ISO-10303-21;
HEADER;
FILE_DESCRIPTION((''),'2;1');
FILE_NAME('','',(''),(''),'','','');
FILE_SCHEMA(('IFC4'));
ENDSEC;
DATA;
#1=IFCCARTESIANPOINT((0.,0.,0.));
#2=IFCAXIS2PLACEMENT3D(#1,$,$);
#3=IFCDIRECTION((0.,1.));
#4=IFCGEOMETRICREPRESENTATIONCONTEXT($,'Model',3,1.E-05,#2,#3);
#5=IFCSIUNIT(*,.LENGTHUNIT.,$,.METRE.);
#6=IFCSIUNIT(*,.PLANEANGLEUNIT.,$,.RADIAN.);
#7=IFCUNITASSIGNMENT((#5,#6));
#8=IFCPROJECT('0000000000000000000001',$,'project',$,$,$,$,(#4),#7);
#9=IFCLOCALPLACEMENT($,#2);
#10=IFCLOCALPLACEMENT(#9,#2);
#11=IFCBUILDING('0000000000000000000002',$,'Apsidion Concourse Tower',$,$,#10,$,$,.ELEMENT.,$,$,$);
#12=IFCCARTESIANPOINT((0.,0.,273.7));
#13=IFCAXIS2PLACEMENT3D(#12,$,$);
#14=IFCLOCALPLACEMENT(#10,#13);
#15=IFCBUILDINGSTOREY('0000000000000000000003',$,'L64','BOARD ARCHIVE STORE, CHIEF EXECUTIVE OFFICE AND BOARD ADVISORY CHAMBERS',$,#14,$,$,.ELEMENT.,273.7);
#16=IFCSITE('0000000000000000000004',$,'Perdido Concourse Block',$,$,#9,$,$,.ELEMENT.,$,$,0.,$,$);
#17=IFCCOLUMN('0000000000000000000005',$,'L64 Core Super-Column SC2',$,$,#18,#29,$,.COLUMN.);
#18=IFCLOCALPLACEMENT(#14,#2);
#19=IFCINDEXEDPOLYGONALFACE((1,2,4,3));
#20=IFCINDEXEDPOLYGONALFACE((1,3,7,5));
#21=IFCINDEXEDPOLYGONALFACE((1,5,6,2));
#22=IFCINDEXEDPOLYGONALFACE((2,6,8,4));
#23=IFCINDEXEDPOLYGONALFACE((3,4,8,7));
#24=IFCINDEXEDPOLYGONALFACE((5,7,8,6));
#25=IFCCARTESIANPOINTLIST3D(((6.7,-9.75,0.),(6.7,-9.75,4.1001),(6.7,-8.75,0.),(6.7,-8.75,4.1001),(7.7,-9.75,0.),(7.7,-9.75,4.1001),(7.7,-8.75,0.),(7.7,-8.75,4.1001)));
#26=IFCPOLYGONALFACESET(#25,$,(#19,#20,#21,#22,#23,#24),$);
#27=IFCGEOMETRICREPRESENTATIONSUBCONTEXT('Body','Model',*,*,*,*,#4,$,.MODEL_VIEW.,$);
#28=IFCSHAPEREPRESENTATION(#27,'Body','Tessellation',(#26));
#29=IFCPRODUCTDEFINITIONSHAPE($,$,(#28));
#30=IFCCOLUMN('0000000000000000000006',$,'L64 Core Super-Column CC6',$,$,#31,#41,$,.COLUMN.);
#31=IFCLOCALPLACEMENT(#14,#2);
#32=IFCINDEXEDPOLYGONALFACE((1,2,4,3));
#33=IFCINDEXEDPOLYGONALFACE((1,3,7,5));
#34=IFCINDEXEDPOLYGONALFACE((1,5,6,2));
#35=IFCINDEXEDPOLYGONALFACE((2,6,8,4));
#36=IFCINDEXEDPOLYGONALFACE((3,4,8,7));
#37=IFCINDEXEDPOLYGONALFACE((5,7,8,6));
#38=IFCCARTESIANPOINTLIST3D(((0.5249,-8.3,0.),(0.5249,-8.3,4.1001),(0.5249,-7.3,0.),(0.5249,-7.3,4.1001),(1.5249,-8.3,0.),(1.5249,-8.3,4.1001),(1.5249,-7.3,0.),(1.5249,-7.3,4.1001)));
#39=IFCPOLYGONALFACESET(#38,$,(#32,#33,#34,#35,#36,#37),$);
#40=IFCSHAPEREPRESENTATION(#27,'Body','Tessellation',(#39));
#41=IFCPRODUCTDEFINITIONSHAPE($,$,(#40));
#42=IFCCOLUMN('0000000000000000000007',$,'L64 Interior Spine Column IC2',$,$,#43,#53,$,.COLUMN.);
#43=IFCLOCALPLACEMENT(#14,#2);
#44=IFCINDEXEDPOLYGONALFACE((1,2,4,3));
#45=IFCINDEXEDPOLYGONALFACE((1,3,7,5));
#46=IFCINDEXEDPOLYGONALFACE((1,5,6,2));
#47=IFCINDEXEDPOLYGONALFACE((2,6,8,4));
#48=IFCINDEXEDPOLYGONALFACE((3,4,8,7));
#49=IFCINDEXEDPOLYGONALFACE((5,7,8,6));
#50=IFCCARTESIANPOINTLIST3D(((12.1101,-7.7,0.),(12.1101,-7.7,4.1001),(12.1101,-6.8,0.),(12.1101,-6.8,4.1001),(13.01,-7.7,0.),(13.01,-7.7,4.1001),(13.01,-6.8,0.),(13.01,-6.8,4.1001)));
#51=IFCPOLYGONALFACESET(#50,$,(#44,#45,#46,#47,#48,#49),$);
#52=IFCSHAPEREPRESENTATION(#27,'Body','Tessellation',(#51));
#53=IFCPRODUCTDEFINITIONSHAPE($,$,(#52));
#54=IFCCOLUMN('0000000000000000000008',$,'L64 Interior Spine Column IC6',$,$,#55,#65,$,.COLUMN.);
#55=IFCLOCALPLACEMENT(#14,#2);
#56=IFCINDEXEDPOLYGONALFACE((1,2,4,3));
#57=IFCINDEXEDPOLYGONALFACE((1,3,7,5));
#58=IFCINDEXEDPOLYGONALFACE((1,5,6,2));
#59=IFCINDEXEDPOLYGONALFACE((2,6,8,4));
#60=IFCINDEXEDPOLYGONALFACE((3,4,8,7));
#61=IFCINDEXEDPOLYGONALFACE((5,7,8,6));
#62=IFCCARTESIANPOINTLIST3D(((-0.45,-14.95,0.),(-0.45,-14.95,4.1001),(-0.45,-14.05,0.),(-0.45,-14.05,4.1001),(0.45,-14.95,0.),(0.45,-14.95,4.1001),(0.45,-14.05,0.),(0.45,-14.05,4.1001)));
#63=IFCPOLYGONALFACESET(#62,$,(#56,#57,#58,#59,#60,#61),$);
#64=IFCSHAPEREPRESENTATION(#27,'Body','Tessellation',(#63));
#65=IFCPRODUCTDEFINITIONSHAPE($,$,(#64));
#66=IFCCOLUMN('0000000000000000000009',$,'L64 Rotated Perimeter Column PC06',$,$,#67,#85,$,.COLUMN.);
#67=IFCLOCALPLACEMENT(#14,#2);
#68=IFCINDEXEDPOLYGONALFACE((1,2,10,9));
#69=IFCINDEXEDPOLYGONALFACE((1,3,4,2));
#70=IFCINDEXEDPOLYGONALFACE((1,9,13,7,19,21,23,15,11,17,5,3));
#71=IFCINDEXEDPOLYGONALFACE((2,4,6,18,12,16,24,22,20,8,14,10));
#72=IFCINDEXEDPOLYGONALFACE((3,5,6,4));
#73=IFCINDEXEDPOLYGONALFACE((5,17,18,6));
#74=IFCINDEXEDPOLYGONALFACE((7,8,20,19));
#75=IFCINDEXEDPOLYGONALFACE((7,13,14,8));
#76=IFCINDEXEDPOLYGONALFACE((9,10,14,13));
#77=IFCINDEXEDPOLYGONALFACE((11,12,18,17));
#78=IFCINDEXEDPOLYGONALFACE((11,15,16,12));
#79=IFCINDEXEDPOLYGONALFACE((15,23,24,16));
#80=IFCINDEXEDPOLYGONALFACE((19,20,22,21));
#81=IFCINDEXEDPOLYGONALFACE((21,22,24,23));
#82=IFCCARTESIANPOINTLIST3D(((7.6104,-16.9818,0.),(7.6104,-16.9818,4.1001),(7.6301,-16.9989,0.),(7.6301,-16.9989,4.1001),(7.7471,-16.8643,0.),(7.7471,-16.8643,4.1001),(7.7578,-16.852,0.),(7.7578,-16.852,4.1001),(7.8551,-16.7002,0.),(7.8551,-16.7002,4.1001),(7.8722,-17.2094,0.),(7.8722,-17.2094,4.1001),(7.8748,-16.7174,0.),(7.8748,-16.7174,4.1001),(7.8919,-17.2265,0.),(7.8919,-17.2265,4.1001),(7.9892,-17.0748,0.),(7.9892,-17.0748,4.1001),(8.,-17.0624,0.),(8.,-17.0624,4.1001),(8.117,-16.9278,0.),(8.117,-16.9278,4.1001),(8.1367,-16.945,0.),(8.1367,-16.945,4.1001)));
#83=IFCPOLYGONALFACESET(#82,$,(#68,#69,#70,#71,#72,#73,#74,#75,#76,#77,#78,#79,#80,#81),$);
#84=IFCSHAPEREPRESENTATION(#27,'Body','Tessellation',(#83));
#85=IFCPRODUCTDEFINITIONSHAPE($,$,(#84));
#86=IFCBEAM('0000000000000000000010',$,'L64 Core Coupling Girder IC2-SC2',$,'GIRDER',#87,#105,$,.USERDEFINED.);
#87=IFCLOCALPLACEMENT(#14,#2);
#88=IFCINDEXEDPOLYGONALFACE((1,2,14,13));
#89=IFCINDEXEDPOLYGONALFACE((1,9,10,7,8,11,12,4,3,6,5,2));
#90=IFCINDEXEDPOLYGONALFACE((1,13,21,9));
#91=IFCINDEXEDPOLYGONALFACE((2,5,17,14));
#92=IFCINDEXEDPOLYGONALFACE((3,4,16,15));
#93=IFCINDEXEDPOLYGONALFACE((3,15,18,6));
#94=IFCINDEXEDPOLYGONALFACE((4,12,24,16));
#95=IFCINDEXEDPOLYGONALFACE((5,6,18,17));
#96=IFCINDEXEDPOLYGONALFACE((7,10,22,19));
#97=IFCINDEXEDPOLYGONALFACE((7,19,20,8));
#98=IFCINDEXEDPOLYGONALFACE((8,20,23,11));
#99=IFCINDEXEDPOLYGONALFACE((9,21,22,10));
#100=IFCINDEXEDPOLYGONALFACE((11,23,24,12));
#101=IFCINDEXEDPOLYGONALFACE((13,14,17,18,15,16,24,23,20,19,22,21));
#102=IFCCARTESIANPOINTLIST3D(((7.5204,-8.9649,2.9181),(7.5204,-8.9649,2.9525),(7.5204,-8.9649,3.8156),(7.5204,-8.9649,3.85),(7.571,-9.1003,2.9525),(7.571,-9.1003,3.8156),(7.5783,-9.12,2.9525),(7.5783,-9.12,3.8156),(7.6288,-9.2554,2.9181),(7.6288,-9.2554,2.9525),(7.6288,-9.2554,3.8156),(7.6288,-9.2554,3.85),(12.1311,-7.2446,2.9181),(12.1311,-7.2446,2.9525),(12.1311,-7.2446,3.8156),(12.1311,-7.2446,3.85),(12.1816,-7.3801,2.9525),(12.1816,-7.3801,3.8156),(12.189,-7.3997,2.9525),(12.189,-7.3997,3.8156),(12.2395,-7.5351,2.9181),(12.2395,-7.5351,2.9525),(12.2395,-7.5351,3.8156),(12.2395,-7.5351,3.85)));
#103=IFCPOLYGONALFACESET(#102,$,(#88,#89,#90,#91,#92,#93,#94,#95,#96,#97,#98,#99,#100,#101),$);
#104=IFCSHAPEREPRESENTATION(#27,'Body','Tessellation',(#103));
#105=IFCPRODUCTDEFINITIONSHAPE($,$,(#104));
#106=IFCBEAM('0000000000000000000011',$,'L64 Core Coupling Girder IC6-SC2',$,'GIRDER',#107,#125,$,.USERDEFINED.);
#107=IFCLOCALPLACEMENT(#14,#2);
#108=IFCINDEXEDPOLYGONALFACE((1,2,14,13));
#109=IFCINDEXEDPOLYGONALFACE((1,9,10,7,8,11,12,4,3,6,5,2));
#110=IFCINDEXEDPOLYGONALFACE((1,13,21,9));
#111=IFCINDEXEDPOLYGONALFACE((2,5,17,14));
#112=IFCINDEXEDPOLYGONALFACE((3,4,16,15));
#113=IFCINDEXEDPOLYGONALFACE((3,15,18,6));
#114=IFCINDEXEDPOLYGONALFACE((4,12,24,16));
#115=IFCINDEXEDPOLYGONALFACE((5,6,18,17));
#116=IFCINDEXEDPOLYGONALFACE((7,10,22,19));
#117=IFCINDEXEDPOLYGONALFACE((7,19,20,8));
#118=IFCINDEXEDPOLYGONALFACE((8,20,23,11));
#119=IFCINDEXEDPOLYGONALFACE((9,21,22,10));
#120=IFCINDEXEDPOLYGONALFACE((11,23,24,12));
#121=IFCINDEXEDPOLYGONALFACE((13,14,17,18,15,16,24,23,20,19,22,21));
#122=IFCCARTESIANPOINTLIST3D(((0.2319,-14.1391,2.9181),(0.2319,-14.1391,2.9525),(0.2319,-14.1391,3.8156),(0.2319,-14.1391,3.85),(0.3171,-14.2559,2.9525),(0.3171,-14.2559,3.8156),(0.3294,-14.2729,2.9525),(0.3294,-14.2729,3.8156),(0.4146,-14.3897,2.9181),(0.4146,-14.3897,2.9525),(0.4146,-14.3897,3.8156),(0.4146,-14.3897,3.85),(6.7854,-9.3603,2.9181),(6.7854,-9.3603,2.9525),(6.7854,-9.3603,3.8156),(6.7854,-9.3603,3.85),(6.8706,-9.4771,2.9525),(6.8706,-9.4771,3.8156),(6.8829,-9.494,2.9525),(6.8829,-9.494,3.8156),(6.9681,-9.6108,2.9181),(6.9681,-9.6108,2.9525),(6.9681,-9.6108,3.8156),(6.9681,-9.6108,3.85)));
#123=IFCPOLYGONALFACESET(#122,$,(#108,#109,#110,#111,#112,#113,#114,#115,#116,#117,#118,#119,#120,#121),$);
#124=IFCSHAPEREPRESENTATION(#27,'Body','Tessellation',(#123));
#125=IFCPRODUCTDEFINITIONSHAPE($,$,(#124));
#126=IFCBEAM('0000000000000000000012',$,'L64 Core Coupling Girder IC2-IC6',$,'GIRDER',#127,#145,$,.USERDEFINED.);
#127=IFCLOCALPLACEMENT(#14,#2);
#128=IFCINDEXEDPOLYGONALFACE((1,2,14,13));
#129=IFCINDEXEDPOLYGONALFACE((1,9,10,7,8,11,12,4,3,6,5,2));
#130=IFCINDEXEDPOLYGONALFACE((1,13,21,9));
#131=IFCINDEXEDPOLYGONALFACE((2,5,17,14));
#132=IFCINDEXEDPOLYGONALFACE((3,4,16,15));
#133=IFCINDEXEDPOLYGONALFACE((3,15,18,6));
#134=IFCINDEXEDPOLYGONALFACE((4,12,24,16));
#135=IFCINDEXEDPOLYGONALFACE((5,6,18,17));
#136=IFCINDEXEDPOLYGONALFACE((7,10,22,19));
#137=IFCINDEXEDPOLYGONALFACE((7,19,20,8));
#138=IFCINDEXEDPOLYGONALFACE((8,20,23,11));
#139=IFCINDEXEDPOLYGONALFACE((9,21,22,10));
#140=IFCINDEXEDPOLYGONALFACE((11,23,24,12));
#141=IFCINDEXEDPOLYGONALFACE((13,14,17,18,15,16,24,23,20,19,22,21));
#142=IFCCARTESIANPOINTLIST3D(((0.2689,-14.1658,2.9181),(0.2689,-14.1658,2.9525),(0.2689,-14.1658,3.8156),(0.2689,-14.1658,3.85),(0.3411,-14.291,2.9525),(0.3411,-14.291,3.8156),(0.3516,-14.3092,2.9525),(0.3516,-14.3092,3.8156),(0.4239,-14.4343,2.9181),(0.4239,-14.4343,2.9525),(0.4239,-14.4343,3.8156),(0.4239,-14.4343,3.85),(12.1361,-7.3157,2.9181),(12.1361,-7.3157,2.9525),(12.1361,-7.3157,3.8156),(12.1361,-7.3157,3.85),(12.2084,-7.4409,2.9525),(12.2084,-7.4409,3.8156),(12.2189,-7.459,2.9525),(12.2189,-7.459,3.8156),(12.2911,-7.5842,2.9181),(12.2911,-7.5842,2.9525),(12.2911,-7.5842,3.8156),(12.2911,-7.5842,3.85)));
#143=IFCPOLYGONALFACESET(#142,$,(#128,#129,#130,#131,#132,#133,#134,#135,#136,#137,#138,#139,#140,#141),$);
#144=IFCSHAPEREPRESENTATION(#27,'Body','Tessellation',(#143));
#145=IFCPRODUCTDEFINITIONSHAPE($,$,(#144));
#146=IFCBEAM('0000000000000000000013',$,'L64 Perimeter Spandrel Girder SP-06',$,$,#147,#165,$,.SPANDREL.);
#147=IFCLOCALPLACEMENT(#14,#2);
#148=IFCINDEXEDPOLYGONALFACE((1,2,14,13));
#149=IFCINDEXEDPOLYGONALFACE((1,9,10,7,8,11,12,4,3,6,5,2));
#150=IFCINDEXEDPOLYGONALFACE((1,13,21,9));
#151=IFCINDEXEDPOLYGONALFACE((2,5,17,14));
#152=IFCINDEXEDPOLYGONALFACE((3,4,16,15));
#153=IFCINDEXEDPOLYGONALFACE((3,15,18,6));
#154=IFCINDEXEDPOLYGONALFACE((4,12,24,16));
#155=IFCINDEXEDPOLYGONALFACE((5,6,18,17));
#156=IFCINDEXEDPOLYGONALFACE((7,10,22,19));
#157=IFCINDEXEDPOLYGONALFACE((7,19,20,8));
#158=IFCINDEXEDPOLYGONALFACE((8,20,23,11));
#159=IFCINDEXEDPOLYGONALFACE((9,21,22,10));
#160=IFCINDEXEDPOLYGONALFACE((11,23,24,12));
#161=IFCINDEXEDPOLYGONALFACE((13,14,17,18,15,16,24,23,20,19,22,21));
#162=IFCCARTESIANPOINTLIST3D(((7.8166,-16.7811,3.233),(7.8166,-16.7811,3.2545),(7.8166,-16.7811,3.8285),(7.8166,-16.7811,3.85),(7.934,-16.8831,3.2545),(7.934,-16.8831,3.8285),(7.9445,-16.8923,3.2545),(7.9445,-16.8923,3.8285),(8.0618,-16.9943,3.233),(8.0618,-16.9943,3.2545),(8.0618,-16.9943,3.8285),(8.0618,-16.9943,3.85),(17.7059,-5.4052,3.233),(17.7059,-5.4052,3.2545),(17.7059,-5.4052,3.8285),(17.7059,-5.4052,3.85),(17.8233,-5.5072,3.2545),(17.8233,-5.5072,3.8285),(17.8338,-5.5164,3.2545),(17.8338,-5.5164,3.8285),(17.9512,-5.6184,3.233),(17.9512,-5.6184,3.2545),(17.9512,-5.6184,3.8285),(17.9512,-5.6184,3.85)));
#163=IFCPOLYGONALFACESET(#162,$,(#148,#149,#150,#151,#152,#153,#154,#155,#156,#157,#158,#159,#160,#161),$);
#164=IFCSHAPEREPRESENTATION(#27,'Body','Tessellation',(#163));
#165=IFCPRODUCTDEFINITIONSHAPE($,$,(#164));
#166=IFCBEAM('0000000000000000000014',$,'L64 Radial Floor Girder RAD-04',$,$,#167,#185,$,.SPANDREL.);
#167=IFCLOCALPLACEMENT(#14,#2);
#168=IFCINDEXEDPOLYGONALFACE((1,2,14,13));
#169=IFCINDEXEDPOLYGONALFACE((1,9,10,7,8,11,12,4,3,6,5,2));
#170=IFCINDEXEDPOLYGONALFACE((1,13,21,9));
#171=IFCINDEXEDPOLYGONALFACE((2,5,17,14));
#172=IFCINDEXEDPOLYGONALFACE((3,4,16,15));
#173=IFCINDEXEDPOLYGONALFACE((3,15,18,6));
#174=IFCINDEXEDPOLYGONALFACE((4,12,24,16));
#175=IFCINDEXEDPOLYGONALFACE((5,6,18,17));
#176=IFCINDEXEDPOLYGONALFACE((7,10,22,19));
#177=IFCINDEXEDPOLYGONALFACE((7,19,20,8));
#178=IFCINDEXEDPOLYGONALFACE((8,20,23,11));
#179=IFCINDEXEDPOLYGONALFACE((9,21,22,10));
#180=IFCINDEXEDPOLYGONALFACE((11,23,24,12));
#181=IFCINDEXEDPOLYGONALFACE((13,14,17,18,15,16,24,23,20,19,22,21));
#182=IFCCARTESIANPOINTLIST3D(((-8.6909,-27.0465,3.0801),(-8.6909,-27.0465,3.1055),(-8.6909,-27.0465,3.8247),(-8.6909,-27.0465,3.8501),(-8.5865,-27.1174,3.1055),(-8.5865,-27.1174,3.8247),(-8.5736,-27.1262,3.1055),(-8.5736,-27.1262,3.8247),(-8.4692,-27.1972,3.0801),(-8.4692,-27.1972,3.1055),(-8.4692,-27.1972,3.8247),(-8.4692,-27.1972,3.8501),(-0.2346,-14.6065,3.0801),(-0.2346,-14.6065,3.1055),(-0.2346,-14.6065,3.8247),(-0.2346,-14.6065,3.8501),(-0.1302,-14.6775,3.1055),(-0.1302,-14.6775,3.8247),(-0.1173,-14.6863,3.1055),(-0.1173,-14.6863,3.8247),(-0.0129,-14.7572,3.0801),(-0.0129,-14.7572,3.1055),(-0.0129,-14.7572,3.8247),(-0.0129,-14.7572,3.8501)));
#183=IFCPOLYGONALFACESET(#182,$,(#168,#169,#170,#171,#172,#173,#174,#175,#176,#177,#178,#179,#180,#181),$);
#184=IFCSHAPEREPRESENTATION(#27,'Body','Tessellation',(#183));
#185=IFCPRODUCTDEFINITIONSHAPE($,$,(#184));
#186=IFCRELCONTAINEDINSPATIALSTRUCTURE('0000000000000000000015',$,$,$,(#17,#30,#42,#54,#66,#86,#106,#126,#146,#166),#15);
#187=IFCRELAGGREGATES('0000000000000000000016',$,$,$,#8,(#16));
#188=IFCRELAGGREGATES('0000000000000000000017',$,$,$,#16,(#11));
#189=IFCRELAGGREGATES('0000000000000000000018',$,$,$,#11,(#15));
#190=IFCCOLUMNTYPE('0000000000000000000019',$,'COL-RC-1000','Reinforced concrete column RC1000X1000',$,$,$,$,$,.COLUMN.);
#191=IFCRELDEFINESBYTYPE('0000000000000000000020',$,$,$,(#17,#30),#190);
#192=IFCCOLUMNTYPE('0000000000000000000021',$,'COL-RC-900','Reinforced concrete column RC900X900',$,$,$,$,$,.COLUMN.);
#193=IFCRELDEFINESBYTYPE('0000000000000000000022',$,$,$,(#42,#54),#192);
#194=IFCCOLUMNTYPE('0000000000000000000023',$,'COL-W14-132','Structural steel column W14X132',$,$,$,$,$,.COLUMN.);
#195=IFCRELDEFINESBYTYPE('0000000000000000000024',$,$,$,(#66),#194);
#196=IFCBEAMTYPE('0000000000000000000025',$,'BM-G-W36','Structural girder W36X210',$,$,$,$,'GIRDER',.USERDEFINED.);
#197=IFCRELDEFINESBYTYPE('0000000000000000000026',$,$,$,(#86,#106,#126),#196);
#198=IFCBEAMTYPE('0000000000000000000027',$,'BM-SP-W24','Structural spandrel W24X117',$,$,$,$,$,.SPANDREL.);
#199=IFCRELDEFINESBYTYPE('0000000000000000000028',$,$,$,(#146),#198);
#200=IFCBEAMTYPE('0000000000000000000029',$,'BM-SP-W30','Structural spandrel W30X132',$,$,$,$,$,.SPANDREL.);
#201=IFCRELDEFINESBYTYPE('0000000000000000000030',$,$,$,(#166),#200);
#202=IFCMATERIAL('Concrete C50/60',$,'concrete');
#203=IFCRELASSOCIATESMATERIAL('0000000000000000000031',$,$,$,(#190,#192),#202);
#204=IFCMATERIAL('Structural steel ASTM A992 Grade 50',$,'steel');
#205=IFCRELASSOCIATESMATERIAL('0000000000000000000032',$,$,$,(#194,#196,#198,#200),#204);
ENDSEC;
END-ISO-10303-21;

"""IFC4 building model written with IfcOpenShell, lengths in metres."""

from ifc_helpers import new_model, si_unit, direction, frame, origin, origin_2d, place, context, subcontext, project, spatial, rectangle, i_section, extrude, material, material_profile, profile_set, type_object, element, save


model = new_model("IFC4")

# Units and contexts
model_context = context("Model", 3, precision=1e-05, world=origin(), true_north=direction((0.0, 1.0)))
body_context = subcontext(model_context, "Body", "Model", "MODEL_VIEW")
ifc_project = project(units=[si_unit("LENGTHUNIT", "METRE"), si_unit("PLANEANGLEUNIT", "RADIAN")], contexts=[model_context])

# Site, building, storey
site_placement = place(None, origin())
site = spatial("IfcSite", under=ifc_project, at=site_placement, Name="Perdido Concourse Block", CompositionType="ELEMENT", RefElevation=0.0)
building_placement = place(site_placement, origin())
building = spatial("IfcBuilding", under=site, at=building_placement, Name="Apsidion Concourse Tower", CompositionType="ELEMENT")
storey_placement = place(building_placement, frame((0.0, 0.0, 273.7)))
storey = spatial("IfcBuildingStorey", under=building, at=storey_placement, Name="L64", Description="BOARD ARCHIVE STORE, CHIEF EXECUTIVE OFFICE AND BOARD ADVISORY CHAMBERS", CompositionType="ELEMENT", Elevation=273.7)

# Columns
ifc_material_1 = material(Name="Concrete C50/60", Category="concrete")
ifc_material_profile_1 = material_profile(ifc_material_1, rectangle(XDim=1.0, YDim=1.0, at=origin_2d()), Name="RC 1000x1000")
ifc_profile_set_1 = profile_set([ifc_material_profile_1], Name="Concrete C50/60")
column_type_1 = type_object("IfcColumnType", Name="COL-RC-1000", Description="Reinforced concrete column RC1000X1000", PredefinedType="COLUMN", material=ifc_profile_set_1)
for number, where, z_axis, x_axis, name in (
    (1, (7.2, -9.25, 0.0), (0.0, 0.0, 1.0), (1.0, 0.0, 0.0), "L64 Core Super-Column SC2"),
    (2, (1.0249, -7.8, 0.0), (0.0, 0.0, 1.0), (1.0, 0.0, 0.0), "L64 Core Super-Column CC6"),
):
    element("IfcColumn", number, at=place(storey_placement, frame(where, z_axis=z_axis, x_axis=x_axis)), inside=storey, type_object=column_type_1, Name=name, PredefinedType="COLUMN", context=body_context, shape_type="SweptSolid", body=[
        extrude(rectangle(XDim=1.0, YDim=1.0, at=origin_2d()), origin(), (0.0, 0.0, 1.0), 4.1001),
    ])
ifc_material_profile_2 = material_profile(ifc_material_1, rectangle(XDim=0.8999, YDim=0.8999, at=origin_2d()), Name="RC 900x900")
ifc_profile_set_2 = profile_set([ifc_material_profile_2], Name="Concrete C50/60")
column_type_2 = type_object("IfcColumnType", Name="COL-RC-900", Description="Reinforced concrete column RC900X900", PredefinedType="COLUMN", material=ifc_profile_set_2)
for number, where, z_axis, x_axis, name in (
    (3, (12.5601, -7.25, 0.0), (0.0, 0.0, 1.0), (1.0, 0.0, 0.0), "L64 Interior Spine Column IC2"),
    (4, (0.0, -14.5, 0.0), (0.0, 0.0, 1.0), (1.0, 0.0, 0.0), "L64 Interior Spine Column IC6"),
):
    element("IfcColumn", number, at=place(storey_placement, frame(where, z_axis=z_axis, x_axis=x_axis)), inside=storey, type_object=column_type_2, Name=name, PredefinedType="COLUMN", context=body_context, shape_type="SweptSolid", body=[
        extrude(rectangle(XDim=0.8999, YDim=0.8999, at=origin_2d()), origin(), (0.0, 0.0, 1.0), 4.1001),
    ])
ifc_material_2 = material(Name="Structural steel ASTM A992 Grade 50", Category="steel")
ifc_material_profile_3 = material_profile(ifc_material_2, i_section(OverallWidth=0.373, OverallDepth=0.373, WebThickness=0.0164, FlangeThickness=0.0261, at=origin_2d()), Name="W14X132")
ifc_profile_set_3 = profile_set([ifc_material_profile_3], Name="Structural steel ASTM A992 Grade 50")
column_type_3 = type_object("IfcColumnType", Name="COL-W14-132", Description="Structural steel column W14X132", PredefinedType="COLUMN", material=ifc_profile_set_3)
column_placement = place(storey_placement, frame((7.8735, -16.9634, 0.0), z_axis=(0.0, 0.0, 1.0), x_axis=(0.656059, 0.75471, 0.0)))
element("IfcColumn", 5, at=column_placement, inside=storey, type_object=column_type_3, Name="L64 Rotated Perimeter Column PC06", PredefinedType="COLUMN", context=body_context, shape_type="SweptSolid", body=[
    extrude(i_section(OverallWidth=0.373, OverallDepth=0.373, WebThickness=0.0164, FlangeThickness=0.0261, at=origin_2d()), origin(), (0.0, 0.0, 1.0), 4.1001),
])

# Beams
ifc_material_profile_4 = material_profile(ifc_material_2, i_section(OverallWidth=0.3101, OverallDepth=0.9319, WebThickness=0.021, FlangeThickness=0.0344, at=origin_2d()), Name="W36X210")
ifc_profile_set_4 = profile_set([ifc_material_profile_4], Name="Structural steel ASTM A992 Grade 50")
beam_type_1 = type_object("IfcBeamType", Name="BM-G-W36", Description="Structural girder W36X210", ElementType="GIRDER", PredefinedType="USERDEFINED", material=ifc_profile_set_4)
beam_1_placement = place(storey_placement, frame((12.1853, -7.3899, 3.384), z_axis=(-0.936913, -0.349563, 0.0), x_axis=(0.349563, -0.936913, 0.0)))
element("IfcBeam", 6, at=beam_1_placement, inside=storey, type_object=beam_type_1, Name="L64 Core Coupling Girder IC2-SC2", ObjectType="GIRDER", PredefinedType="USERDEFINED", context=body_context, shape_type="SweptSolid", body=[
    extrude(i_section(OverallWidth=0.3101, OverallDepth=0.9319, WebThickness=0.021, FlangeThickness=0.0344, at=origin_2d()), origin(), (0.0, 0.0, 1.0), 4.9211),
])
beam_2_placement = place(storey_placement, frame((0.3232, -14.2644, 3.384), z_axis=(0.807993, 0.589191, 0.0), x_axis=(-0.589191, 0.807993, 0.0)))
element("IfcBeam", 7, at=beam_2_placement, inside=storey, type_object=beam_type_1, Name="L64 Core Coupling Girder IC6-SC2", ObjectType="GIRDER", PredefinedType="USERDEFINED", context=body_context, shape_type="SweptSolid", body=[
    extrude(i_section(OverallWidth=0.3101, OverallDepth=0.9319, WebThickness=0.021, FlangeThickness=0.0344, at=origin_2d()), origin(), (0.0, 0.0, 1.0), 8.1108),
])
beam_3_placement = place(storey_placement, frame((12.2136, -7.45, 3.384), z_axis=(-0.86607, -0.499922, 0.0), x_axis=(0.499922, -0.86607, 0.0)))
element("IfcBeam", 8, at=beam_3_placement, inside=storey, type_object=beam_type_1, Name="L64 Core Coupling Girder IC2-IC6", ObjectType="GIRDER", PredefinedType="USERDEFINED", context=body_context, shape_type="SweptSolid", body=[
    extrude(i_section(OverallWidth=0.3101, OverallDepth=0.9319, WebThickness=0.021, FlangeThickness=0.0344, at=origin_2d()), origin(), (0.0, 0.0, 1.0), 13.7024),
])
ifc_material_profile_5 = material_profile(ifc_material_2, i_section(OverallWidth=0.325, OverallDepth=0.6169, WebThickness=0.0139, FlangeThickness=0.0215, at=origin_2d()), Name="W24X117")
ifc_profile_set_5 = profile_set([ifc_material_profile_5], Name="Structural steel ASTM A992 Grade 50")
beam_type_2 = type_object("IfcBeamType", Name="BM-SP-W24", Description="Structural spandrel W24X117", PredefinedType="SPANDREL", material=ifc_profile_set_5)
beam_4_placement = place(storey_placement, frame((7.9392, -16.8877, 3.5415), z_axis=(0.656075, 0.754696, 0.0), x_axis=(-0.754696, 0.656075, 0.0)))
element("IfcBeam", 9, at=beam_4_placement, inside=storey, type_object=beam_type_2, Name="L64 Perimeter Spandrel Girder SP-06", PredefinedType="SPANDREL", context=body_context, shape_type="SweptSolid", body=[
    extrude(i_section(OverallWidth=0.325, OverallDepth=0.6169, WebThickness=0.0139, FlangeThickness=0.0215, at=origin_2d()), origin(), (0.0, 0.0, 1.0), 15.0735),
])
ifc_material_profile_6 = material_profile(ifc_material_2, i_section(OverallWidth=0.2681, OverallDepth=0.77, WebThickness=0.0156, FlangeThickness=0.0254, at=origin_2d()), Name="W30X132")
ifc_profile_set_6 = profile_set([ifc_material_profile_6], Name="Structural steel ASTM A992 Grade 50")
beam_type_3 = type_object("IfcBeamType", Name="BM-SP-W30", Description="Structural spandrel W30X132", PredefinedType="SPANDREL", material=ifc_profile_set_6)
beam_5_placement = place(storey_placement, frame((-0.1238, -14.6819, 3.4651), z_axis=(-0.56218, -0.827015, 0.0), x_axis=(0.827015, -0.56218, 0.0)))
element("IfcBeam", 10, at=beam_5_placement, inside=storey, type_object=beam_type_3, Name="L64 Radial Floor Girder RAD-04", PredefinedType="SPANDREL", context=body_context, shape_type="SweptSolid", body=[
    extrude(i_section(OverallWidth=0.2681, OverallDepth=0.77, WebThickness=0.0156, FlangeThickness=0.0254, at=origin_2d()), origin(), (0.0, 0.0, 1.0), 15.042),
])

save(model, "model.ifc")
